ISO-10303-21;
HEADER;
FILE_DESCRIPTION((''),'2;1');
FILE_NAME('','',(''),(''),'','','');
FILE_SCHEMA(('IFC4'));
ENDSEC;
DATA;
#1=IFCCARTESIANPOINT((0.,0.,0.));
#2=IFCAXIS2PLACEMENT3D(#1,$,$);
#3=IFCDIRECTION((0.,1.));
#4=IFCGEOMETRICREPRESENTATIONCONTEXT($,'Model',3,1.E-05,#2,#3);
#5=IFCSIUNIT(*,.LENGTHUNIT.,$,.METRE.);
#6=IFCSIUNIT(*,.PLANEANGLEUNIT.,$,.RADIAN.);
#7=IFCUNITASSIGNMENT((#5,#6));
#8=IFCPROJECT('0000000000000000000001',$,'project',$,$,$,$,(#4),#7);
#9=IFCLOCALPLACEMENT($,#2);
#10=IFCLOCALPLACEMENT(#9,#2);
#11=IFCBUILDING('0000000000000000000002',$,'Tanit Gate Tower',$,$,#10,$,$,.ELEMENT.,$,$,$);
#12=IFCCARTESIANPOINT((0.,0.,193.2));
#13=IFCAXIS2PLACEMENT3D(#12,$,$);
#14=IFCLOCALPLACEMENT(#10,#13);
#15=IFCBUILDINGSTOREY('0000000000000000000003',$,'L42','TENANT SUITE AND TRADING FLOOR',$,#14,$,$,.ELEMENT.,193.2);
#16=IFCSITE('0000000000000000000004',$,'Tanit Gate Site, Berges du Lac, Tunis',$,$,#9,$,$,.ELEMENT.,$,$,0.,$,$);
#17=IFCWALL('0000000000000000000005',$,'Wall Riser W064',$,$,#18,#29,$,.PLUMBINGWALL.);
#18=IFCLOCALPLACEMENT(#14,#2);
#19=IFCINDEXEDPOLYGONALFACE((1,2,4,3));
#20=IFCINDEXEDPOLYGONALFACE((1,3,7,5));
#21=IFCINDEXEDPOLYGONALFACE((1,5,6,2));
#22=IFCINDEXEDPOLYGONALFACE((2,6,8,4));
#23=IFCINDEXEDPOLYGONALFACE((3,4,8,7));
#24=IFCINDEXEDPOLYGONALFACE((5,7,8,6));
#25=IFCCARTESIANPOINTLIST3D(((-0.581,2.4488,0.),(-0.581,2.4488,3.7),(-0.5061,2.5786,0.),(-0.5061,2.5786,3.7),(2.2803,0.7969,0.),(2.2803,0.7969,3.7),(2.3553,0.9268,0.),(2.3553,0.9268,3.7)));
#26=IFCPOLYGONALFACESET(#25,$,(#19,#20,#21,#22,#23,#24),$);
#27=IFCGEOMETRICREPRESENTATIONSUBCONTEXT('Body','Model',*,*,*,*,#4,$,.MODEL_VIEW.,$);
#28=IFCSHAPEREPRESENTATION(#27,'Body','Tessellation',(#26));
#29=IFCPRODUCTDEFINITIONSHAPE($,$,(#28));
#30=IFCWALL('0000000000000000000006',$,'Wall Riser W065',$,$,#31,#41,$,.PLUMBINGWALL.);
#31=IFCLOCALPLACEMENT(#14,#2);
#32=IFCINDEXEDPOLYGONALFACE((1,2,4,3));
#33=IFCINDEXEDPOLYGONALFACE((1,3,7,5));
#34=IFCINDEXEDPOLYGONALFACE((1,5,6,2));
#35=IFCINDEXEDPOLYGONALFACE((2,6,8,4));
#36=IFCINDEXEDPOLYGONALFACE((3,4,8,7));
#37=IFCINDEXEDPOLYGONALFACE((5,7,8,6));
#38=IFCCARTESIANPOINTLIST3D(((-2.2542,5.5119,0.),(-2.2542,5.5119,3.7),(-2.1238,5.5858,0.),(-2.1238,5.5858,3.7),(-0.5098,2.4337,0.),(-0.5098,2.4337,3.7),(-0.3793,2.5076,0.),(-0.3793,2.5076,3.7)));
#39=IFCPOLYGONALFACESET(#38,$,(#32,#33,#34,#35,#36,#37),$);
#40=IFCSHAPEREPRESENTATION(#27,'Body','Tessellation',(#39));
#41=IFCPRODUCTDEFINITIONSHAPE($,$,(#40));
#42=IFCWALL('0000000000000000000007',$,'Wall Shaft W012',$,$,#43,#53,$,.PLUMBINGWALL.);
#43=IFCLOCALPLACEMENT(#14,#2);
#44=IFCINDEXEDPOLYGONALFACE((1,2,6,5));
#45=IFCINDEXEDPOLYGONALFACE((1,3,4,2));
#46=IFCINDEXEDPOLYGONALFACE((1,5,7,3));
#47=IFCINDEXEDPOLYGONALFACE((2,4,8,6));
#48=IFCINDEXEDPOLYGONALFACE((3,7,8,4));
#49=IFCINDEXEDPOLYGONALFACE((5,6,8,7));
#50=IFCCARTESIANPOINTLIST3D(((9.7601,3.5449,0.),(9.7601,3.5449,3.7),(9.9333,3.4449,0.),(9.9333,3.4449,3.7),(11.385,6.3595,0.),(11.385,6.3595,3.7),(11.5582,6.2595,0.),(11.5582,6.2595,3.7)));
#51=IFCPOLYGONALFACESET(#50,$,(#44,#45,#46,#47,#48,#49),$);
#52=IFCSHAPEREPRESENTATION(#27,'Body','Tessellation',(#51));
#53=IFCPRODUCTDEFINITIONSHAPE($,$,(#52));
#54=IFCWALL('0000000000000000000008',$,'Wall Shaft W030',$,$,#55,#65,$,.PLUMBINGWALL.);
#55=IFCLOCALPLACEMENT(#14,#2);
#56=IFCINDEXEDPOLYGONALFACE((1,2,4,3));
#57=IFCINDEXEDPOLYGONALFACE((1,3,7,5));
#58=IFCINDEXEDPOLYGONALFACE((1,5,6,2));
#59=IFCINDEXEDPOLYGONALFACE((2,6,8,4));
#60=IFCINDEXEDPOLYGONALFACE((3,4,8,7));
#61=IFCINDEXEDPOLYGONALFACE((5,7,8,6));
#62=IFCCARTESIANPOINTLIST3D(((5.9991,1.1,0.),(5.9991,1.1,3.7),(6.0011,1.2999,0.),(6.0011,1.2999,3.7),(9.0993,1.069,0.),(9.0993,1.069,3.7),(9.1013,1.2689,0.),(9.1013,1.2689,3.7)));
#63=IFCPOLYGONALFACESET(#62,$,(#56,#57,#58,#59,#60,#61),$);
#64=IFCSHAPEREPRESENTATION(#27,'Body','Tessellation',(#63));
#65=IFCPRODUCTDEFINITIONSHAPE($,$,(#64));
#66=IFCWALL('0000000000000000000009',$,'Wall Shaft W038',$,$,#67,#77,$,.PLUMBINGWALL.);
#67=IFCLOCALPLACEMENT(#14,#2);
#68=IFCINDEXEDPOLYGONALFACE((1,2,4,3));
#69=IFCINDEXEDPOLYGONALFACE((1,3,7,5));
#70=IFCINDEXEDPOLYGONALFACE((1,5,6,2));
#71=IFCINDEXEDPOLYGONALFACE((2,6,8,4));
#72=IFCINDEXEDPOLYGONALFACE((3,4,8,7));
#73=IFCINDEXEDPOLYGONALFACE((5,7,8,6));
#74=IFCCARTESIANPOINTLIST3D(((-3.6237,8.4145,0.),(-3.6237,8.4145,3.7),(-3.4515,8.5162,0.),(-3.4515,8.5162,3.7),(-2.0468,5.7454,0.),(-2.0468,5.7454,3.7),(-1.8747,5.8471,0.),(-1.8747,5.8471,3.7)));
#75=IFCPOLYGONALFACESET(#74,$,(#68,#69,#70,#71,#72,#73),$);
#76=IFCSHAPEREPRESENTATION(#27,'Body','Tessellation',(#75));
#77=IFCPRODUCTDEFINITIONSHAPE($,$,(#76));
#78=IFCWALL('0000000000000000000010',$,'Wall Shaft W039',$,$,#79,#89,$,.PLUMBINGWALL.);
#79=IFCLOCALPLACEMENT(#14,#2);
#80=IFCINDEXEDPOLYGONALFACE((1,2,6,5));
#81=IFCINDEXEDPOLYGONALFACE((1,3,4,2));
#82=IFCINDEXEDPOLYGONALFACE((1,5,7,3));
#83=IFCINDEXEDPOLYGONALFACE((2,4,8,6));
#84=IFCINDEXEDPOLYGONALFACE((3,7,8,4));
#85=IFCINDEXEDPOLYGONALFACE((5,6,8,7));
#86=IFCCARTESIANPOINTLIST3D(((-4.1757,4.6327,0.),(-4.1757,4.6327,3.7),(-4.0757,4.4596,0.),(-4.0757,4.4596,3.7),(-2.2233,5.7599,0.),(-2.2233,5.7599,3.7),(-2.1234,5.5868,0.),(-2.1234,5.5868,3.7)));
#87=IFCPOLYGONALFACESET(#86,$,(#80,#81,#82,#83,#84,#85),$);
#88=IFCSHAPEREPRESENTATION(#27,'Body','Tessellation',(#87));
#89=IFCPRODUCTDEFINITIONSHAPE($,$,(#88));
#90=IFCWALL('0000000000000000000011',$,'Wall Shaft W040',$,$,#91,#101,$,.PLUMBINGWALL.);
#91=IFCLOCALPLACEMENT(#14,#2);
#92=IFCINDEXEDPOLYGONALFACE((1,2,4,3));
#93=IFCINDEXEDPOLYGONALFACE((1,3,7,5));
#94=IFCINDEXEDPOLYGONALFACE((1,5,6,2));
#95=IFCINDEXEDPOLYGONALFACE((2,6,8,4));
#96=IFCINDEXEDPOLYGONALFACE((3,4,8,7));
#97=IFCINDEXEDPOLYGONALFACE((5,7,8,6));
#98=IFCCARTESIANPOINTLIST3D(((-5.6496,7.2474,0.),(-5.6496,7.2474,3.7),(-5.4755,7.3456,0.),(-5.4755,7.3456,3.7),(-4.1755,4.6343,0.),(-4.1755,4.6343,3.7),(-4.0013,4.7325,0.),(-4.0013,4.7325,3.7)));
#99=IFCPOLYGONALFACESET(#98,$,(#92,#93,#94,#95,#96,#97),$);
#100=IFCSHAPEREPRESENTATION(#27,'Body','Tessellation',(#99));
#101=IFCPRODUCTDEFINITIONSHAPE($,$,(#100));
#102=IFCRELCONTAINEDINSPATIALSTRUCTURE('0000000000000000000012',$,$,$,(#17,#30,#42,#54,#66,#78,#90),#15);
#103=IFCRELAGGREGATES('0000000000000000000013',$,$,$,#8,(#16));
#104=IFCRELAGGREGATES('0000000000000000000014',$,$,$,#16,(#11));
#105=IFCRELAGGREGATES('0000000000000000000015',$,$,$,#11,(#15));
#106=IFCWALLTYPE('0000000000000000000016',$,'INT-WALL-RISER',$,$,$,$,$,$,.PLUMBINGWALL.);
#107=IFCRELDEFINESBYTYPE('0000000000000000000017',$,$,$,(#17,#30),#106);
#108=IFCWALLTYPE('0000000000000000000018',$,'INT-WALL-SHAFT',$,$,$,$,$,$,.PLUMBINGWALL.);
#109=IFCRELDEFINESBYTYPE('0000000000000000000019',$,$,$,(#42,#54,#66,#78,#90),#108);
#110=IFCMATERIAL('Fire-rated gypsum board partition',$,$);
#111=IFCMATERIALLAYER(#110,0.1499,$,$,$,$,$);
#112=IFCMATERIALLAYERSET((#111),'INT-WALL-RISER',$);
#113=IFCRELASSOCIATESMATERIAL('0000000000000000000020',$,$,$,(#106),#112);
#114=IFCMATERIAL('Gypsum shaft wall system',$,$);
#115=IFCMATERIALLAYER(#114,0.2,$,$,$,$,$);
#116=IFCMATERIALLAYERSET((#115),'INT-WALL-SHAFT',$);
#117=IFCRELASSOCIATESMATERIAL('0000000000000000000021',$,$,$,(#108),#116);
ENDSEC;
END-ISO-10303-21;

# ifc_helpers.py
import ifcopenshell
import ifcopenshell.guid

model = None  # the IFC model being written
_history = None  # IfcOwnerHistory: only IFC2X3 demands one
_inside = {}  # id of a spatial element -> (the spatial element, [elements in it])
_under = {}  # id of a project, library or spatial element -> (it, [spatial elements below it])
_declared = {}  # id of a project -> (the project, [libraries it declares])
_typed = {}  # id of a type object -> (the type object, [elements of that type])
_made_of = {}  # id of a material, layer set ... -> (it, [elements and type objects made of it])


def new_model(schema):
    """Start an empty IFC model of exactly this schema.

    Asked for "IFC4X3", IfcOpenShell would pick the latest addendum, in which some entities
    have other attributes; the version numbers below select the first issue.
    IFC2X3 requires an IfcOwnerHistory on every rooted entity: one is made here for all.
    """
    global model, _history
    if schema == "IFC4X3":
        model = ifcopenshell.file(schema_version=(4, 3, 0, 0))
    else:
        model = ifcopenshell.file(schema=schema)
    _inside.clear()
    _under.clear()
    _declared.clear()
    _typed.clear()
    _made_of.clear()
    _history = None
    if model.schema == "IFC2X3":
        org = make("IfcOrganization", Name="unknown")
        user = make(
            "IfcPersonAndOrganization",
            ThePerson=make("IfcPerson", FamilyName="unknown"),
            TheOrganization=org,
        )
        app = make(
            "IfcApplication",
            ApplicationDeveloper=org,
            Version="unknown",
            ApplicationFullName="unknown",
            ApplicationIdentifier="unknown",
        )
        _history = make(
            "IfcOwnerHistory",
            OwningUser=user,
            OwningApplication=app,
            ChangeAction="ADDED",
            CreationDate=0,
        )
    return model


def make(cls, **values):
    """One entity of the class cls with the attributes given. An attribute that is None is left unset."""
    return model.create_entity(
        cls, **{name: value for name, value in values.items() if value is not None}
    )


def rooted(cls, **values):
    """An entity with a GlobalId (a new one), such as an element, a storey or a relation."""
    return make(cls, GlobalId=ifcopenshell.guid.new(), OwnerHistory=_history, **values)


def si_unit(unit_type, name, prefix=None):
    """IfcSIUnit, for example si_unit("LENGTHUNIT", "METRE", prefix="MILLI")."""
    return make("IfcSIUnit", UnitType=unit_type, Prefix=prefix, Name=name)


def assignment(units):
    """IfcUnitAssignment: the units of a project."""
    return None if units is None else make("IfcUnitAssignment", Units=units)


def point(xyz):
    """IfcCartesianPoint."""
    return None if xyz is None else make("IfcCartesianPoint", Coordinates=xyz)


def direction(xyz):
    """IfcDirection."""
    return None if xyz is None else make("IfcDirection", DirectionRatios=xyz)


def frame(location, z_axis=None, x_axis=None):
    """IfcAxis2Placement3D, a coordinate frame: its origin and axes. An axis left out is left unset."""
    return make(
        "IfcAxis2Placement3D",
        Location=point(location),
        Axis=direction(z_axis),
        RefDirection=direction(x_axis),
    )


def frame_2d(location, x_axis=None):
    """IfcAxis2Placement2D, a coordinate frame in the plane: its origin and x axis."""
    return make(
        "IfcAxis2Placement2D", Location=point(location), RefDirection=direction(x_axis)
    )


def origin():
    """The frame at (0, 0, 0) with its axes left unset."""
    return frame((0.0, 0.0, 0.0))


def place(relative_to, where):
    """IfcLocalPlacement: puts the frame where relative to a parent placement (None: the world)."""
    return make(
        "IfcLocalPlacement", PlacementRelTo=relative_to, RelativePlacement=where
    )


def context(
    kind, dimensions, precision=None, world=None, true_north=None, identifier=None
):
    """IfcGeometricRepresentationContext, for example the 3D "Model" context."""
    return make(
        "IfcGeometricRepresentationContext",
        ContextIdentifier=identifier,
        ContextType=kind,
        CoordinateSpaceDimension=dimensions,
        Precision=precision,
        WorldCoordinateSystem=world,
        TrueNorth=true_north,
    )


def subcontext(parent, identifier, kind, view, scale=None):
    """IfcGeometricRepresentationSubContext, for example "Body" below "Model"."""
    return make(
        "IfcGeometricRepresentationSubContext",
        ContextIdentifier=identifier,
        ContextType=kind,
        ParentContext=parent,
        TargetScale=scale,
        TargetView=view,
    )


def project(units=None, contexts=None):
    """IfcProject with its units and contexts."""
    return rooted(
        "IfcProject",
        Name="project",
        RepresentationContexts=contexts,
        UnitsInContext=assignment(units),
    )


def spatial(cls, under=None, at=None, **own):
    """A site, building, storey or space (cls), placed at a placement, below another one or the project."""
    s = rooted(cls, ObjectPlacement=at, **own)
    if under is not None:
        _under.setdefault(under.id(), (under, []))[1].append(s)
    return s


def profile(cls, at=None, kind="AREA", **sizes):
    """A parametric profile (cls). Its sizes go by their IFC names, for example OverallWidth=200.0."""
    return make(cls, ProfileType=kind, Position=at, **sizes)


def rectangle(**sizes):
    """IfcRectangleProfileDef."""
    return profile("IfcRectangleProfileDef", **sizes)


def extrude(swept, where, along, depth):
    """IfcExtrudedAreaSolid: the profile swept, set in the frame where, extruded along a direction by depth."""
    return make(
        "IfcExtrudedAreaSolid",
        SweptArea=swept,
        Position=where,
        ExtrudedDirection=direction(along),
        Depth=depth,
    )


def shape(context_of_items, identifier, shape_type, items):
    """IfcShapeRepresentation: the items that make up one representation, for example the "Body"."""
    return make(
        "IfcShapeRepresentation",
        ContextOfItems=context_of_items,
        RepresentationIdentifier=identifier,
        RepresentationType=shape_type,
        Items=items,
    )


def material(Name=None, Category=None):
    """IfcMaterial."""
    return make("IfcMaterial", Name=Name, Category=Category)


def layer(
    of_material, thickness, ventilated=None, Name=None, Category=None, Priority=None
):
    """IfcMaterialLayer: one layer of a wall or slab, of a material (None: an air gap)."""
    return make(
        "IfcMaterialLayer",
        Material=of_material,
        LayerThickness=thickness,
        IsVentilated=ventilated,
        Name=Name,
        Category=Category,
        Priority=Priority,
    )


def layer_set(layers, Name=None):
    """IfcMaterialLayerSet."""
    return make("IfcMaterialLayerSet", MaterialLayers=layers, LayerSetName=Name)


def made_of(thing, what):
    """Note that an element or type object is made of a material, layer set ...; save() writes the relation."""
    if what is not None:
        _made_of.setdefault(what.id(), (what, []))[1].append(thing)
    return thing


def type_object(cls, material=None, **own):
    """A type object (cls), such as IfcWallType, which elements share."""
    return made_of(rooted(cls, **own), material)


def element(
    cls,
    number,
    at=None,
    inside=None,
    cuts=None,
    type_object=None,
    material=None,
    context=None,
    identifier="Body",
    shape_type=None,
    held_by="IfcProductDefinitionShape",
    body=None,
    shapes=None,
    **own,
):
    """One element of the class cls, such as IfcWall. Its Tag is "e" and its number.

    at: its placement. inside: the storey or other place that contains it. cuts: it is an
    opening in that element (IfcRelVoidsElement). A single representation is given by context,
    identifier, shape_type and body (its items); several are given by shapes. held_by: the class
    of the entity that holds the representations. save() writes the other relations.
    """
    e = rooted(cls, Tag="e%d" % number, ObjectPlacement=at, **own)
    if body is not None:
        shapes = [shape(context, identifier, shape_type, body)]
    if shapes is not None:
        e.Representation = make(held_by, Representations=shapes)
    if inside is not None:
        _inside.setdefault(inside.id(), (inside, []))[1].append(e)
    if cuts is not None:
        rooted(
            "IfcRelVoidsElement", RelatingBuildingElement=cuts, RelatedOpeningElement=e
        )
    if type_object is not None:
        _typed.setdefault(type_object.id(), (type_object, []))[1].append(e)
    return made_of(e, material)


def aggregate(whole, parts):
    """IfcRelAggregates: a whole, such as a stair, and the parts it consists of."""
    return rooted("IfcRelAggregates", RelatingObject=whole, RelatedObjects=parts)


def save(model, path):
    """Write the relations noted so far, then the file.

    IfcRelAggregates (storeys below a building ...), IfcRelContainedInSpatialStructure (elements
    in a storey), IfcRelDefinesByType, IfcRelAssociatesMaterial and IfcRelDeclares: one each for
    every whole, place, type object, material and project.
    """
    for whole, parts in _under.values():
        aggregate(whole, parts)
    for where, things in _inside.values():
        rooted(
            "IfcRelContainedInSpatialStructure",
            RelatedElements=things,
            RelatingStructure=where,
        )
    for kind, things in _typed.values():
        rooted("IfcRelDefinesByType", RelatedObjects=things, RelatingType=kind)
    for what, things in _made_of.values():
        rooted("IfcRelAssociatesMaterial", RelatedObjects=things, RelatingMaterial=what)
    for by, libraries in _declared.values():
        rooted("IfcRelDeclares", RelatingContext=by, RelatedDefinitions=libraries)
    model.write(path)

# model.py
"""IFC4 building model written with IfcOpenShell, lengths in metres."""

from ifc_helpers import new_model, si_unit, direction, frame, frame_2d, origin, place, context, subcontext, project, spatial, rectangle, extrude, material, layer, layer_set, type_object, element, save


model = new_model("IFC4")

# Units and contexts
model_context = context("Model", 3, precision=1e-05, world=origin(), true_north=direction((0.0, 1.0)))
body_context = subcontext(model_context, "Body", "Model", "MODEL_VIEW")
ifc_project = project(units=[si_unit("LENGTHUNIT", "METRE"), si_unit("PLANEANGLEUNIT", "RADIAN")], contexts=[model_context])

# Site, building, storey
site_placement = place(None, origin())
site = spatial("IfcSite", under=ifc_project, at=site_placement, Name="Tanit Gate Site, Berges du Lac, Tunis", CompositionType="ELEMENT", RefElevation=0.0)
building_placement = place(site_placement, origin())
building = spatial("IfcBuilding", under=site, at=building_placement, Name="Tanit Gate Tower", CompositionType="ELEMENT")
storey_placement = place(building_placement, frame((0.0, 0.0, 193.2)))
storey = spatial("IfcBuildingStorey", under=building, at=storey_placement, Name="L42", Description="TENANT SUITE AND TRADING FLOOR", CompositionType="ELEMENT", Elevation=193.2)

# Shared definitions
ifc_material_1 = material(Name="Fire-rated gypsum board partition")
ifc_layer_1 = layer(ifc_material_1, 0.1499)
ifc_layer_set_1 = layer_set([ifc_layer_1], Name="INT-WALL-RISER")
wall_type_1 = type_object("IfcWallType", Name="INT-WALL-RISER", PredefinedType="PLUMBINGWALL", material=ifc_layer_set_1)

# Walls
wall_1_placement = place(storey_placement, frame((-0.5435, 2.5137, 0.0), z_axis=(0.0, 0.0, 1.0), x_axis=(0.866043, -0.49997, 0.0)))
element("IfcWall", 1, at=wall_1_placement, inside=storey, type_object=wall_type_1, Name="Wall Riser W064", PredefinedType="PLUMBINGWALL", context=body_context, shape_type="SweptSolid", body=[
    extrude(rectangle(XDim=3.304, YDim=0.1499, at=frame_2d((1.6519, 0.0))), origin(), (0.0, 0.0, 1.0), 3.7),
])
wall_2_placement = place(storey_placement, frame((-2.189, 5.5488, 0.0), z_axis=(0.0, 0.0, 1.0), x_axis=(0.493037, -0.870008, 0.0)))
element("IfcWall", 2, at=wall_2_placement, inside=storey, type_object=wall_type_1, Name="Wall Riser W065", PredefinedType="PLUMBINGWALL", context=body_context, shape_type="SweptSolid", body=[
    extrude(rectangle(XDim=3.5381, YDim=0.1499, at=frame_2d((1.769, 0.0))), origin(), (0.0, 0.0, 1.0), 3.7),
])
ifc_material_2 = material(Name="Gypsum shaft wall system")
ifc_layer_2 = layer(ifc_material_2, 0.2)
ifc_layer_set_2 = layer_set([ifc_layer_2], Name="INT-WALL-SHAFT")
wall_type_2 = type_object("IfcWallType", Name="INT-WALL-SHAFT", PredefinedType="PLUMBINGWALL", material=ifc_layer_set_2)
wall_3_placement = place(storey_placement, frame((9.8467, 3.4949, 0.0), z_axis=(0.0, 0.0, 1.0), x_axis=(0.499985, 0.866034, 0.0)))
element("IfcWall", 3, at=wall_3_placement, inside=storey, type_object=wall_type_2, Name="Wall Shaft W012", PredefinedType="PLUMBINGWALL", context=body_context, shape_type="SweptSolid", body=[
    extrude(rectangle(XDim=3.25, YDim=0.2, at=frame_2d((1.625, 0.0))), origin(), (0.0, 0.0, 1.0), 3.7),
])

# Wall
wall_4_placement = place(storey_placement, frame((6.0, 1.2, 0.0), z_axis=(0.0, 0.0, 1.0), x_axis=(0.99995, -0.010001, 0.0)))
element("IfcWall", 4, at=wall_4_placement, inside=storey, type_object=wall_type_2, Name="Wall Shaft W030", PredefinedType="PLUMBINGWALL", context=body_context, shape_type="SweptSolid", body=[
    extrude(rectangle(XDim=3.1003, YDim=0.2, at=frame_2d((1.5503, 0.0))), origin(), (0.0, 0.0, 1.0), 3.7),
])

# Walls
wall_5_placement = place(storey_placement, frame((-3.5376, 8.4653, 0.0), z_axis=(0.0, 0.0, 1.0), x_axis=(0.508647, -0.860975, 0.0)))
element("IfcWall", 5, at=wall_5_placement, inside=storey, type_object=wall_type_2, Name="Wall Shaft W038", PredefinedType="PLUMBINGWALL", context=body_context, shape_type="SweptSolid", body=[
    extrude(rectangle(XDim=3.1001, YDim=0.2, at=frame_2d((1.55, 0.0))), origin(), (0.0, 0.0, 1.0), 3.7),
])
wall_6_placement = place(storey_placement, frame((-2.1733, 5.6733, 0.0), z_axis=(0.0, 0.0, 1.0), x_axis=(-0.866029, -0.499994, 0.0)))
element("IfcWall", 6, at=wall_6_placement, inside=storey, type_object=wall_type_2, Name="Wall Shaft W039", PredefinedType="PLUMBINGWALL", context=body_context, shape_type="SweptSolid", body=[
    extrude(rectangle(XDim=2.2544, YDim=0.2, at=frame_2d((1.1272, 0.0))), origin(), (0.0, 0.0, 1.0), 3.7),
])
wall_7_placement = place(storey_placement, frame((-5.5625, 7.2964, 0.0), z_axis=(0.0, 0.0, 1.0), x_axis=(0.491347, -0.870964, 0.0)))
element("IfcWall", 7, at=wall_7_placement, inside=storey, type_object=wall_type_2, Name="Wall Shaft W040", PredefinedType="PLUMBINGWALL", context=body_context, shape_type="SweptSolid", body=[
    extrude(rectangle(XDim=3.0002, YDim=0.2, at=frame_2d((1.5, 0.0))), origin(), (0.0, 0.0, 1.0), 3.7),
])

save(model, "model.ifc")
